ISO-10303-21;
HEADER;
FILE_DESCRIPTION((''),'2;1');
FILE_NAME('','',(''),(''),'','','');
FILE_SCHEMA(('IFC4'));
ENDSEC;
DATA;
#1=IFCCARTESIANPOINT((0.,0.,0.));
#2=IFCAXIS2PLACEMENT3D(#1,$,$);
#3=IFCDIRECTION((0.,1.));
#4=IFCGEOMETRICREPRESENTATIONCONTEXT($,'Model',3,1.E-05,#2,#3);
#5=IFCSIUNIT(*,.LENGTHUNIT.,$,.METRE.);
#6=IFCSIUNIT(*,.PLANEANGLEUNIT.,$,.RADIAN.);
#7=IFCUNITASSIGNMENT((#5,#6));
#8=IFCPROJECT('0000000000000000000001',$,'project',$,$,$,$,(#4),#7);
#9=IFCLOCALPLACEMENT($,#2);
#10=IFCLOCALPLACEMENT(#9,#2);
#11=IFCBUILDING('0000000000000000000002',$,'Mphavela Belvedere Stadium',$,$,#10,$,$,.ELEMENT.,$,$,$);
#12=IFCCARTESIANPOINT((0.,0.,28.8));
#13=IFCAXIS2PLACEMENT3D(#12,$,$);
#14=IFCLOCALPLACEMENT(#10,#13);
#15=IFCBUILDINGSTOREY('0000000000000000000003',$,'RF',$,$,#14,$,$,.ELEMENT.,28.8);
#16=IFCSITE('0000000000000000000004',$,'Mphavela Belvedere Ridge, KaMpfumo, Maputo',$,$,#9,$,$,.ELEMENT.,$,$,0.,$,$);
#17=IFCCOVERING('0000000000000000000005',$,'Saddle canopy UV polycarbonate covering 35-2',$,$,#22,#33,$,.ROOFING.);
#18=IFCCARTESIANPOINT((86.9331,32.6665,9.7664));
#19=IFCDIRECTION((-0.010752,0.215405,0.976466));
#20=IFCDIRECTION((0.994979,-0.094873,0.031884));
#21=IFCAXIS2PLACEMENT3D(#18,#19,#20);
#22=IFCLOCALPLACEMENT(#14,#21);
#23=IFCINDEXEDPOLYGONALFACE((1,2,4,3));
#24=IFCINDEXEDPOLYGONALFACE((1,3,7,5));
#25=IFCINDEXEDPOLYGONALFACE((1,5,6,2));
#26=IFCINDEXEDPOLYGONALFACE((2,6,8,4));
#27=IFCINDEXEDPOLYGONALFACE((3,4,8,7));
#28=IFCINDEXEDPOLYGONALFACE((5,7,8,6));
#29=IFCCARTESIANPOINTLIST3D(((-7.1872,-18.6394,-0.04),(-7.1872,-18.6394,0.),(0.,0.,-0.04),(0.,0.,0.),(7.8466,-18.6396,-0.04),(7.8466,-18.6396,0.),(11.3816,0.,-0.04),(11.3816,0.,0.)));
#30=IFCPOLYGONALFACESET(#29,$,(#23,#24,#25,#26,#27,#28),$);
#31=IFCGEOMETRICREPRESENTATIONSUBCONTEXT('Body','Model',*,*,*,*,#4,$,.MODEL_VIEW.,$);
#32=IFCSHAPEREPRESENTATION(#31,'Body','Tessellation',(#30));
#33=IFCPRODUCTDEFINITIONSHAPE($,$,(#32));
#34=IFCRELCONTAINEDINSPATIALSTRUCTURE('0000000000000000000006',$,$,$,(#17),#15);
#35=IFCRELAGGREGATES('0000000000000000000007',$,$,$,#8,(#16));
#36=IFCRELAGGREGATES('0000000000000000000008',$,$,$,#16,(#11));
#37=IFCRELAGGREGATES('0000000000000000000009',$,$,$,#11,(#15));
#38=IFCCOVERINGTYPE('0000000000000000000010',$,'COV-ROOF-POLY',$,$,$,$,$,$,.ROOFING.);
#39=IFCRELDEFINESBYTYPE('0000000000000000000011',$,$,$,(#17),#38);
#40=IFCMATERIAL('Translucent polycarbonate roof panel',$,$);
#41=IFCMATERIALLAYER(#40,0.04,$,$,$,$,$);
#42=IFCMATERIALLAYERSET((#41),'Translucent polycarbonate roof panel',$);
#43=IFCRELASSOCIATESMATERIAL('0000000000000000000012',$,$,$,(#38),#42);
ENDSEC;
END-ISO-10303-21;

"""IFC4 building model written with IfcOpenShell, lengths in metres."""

from ifc_helpers import new_model, si_unit, direction, frame, origin, place, context, subcontext, project, spatial, polyline, outline, extrude, material, layer, layer_set, type_object, element, save


model = new_model("IFC4")

# Units and contexts
model_context = context("Model", 3, precision=1e-05, world=origin(), true_north=direction((0.0, 1.0)))
body_context = subcontext(model_context, "Body", "Model", "MODEL_VIEW")
ifc_project = project(units=[si_unit("LENGTHUNIT", "METRE"), si_unit("PLANEANGLEUNIT", "RADIAN")], contexts=[model_context])

# Site, building, storey
site_placement = place(None, origin())
site = spatial("IfcSite", under=ifc_project, at=site_placement, Name="Mphavela Belvedere Ridge, KaMpfumo, Maputo", CompositionType="ELEMENT", RefElevation=0.0)
building_placement = place(site_placement, origin())
building = spatial("IfcBuilding", under=site, at=building_placement, Name="Mphavela Belvedere Stadium", CompositionType="ELEMENT")
storey_placement = place(building_placement, frame((0.0, 0.0, 28.8)))
storey = spatial("IfcBuildingStorey", under=building, at=storey_placement, Name="RF", CompositionType="ELEMENT", Elevation=28.8)

# Covering
ifc_material_1 = material(Name="Translucent polycarbonate roof panel")
ifc_layer_1 = layer(ifc_material_1, 0.04)
ifc_layer_set_1 = layer_set([ifc_layer_1], Name="Translucent polycarbonate roof panel")
covering_type_1 = type_object("IfcCoveringType", Name="COV-ROOF-POLY", PredefinedType="ROOFING", material=ifc_layer_set_1)
covering_1_placement = place(storey_placement, frame((86.9331, 32.6665, 9.7664), z_axis=(-0.010752, 0.215405, 0.976466), x_axis=(0.994979, -0.094873, 0.031884)))
element("IfcCovering", 1, at=covering_1_placement, inside=storey, type_object=covering_type_1, Name="Saddle canopy UV polycarbonate covering 35-2", PredefinedType="ROOFING", context=body_context, shape_type="SweptSolid", body=[
    extrude(outline(polyline([(0.0, 0.0), (11.3816, 0.0), (7.8466, -18.6396), (-7.1872, -18.6394), (0.0, 0.0)])), origin(), (0.0, 0.0, -1.0), 0.04),
])

save(model, "model.ifc")
